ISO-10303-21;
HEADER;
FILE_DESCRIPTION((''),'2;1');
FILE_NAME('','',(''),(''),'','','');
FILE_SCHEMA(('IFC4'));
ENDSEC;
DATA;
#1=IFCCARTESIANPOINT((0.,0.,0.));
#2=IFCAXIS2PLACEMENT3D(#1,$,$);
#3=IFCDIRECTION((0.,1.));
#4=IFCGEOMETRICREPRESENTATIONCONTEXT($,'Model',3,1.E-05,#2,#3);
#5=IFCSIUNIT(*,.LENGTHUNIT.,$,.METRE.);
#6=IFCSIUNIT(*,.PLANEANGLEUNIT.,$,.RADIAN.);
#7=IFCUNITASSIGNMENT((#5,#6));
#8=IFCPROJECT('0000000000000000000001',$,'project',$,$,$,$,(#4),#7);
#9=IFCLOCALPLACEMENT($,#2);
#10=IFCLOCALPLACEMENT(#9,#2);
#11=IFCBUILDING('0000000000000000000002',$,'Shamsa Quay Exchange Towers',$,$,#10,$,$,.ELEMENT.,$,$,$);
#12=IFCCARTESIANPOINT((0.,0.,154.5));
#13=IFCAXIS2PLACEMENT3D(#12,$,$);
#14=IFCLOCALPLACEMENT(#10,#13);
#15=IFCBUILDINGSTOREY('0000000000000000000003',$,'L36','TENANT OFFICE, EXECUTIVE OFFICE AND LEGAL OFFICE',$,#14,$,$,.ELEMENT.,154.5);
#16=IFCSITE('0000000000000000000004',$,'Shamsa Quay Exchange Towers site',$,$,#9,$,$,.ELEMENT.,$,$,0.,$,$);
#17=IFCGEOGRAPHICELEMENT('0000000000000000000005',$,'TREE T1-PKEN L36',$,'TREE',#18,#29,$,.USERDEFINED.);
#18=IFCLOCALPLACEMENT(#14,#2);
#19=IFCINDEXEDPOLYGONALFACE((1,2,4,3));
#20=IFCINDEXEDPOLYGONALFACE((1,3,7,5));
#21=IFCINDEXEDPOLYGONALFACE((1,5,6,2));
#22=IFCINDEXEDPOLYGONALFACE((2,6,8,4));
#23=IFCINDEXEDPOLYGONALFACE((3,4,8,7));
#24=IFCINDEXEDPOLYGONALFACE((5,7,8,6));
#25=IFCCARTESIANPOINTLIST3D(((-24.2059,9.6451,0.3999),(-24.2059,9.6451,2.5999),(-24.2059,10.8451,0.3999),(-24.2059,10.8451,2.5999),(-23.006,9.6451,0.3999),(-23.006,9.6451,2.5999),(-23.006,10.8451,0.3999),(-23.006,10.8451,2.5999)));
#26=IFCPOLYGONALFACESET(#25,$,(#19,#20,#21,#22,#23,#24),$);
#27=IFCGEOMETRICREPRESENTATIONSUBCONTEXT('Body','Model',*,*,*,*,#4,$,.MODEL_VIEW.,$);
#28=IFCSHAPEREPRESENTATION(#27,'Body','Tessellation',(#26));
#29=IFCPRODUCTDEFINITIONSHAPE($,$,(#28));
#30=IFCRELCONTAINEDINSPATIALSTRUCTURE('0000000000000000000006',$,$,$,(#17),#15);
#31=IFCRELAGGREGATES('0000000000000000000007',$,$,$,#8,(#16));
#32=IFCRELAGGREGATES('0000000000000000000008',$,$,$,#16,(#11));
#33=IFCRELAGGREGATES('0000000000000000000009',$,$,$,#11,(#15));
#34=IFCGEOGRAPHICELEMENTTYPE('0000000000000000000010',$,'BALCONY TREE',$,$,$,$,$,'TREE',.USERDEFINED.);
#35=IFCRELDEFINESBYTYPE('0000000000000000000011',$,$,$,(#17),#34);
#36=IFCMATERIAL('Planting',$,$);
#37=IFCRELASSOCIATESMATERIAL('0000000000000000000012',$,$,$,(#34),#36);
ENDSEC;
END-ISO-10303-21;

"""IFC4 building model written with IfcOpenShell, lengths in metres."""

from ifc_helpers import new_model, si_unit, direction, frame, origin, origin_2d, place, context, subcontext, project, spatial, rectangle, extrude, material, type_object, element, save


model = new_model("IFC4")

# Units and contexts
model_context = context("Model", 3, precision=1e-05, world=origin(), true_north=direction((0.0, 1.0)))
body_context = subcontext(model_context, "Body", "Model", "MODEL_VIEW")
ifc_project = project(units=[si_unit("LENGTHUNIT", "METRE"), si_unit("PLANEANGLEUNIT", "RADIAN")], contexts=[model_context])

# Site, building, storey
site_placement = place(None, origin())
site = spatial("IfcSite", under=ifc_project, at=site_placement, Name="Shamsa Quay Exchange Towers site", CompositionType="ELEMENT", RefElevation=0.0)
building_placement = place(site_placement, origin())
building = spatial("IfcBuilding", under=site, at=building_placement, Name="Shamsa Quay Exchange Towers", CompositionType="ELEMENT")
storey_placement = place(building_placement, frame((0.0, 0.0, 154.5)))
storey = spatial("IfcBuildingStorey", under=building, at=storey_placement, Name="L36", Description="TENANT OFFICE, EXECUTIVE OFFICE AND LEGAL OFFICE", CompositionType="ELEMENT", Elevation=154.5)

# Geographic element
ifc_material_1 = material(Name="Planting")
geographic_element_type = type_object("IfcGeographicElementType", Name="BALCONY TREE", ElementType="TREE", PredefinedType="USERDEFINED", material=ifc_material_1)
geographic_element_placement = place(storey_placement, frame((-23.606, 10.2451, 0.3999), z_axis=(0.0, 0.0, 1.0), x_axis=(-1.0, 0.0, 0.0)))
element("IfcGeographicElement", 1, at=geographic_element_placement, inside=storey, type_object=geographic_element_type, Name="TREE T1-PKEN L36", ObjectType="TREE", PredefinedType="USERDEFINED", context=body_context, shape_type="SweptSolid", body=[
    extrude(rectangle(XDim=1.2, YDim=1.2, at=origin_2d()), origin(), (0.0, 0.0, 1.0), 2.2),
])

save(model, "model.ifc")
